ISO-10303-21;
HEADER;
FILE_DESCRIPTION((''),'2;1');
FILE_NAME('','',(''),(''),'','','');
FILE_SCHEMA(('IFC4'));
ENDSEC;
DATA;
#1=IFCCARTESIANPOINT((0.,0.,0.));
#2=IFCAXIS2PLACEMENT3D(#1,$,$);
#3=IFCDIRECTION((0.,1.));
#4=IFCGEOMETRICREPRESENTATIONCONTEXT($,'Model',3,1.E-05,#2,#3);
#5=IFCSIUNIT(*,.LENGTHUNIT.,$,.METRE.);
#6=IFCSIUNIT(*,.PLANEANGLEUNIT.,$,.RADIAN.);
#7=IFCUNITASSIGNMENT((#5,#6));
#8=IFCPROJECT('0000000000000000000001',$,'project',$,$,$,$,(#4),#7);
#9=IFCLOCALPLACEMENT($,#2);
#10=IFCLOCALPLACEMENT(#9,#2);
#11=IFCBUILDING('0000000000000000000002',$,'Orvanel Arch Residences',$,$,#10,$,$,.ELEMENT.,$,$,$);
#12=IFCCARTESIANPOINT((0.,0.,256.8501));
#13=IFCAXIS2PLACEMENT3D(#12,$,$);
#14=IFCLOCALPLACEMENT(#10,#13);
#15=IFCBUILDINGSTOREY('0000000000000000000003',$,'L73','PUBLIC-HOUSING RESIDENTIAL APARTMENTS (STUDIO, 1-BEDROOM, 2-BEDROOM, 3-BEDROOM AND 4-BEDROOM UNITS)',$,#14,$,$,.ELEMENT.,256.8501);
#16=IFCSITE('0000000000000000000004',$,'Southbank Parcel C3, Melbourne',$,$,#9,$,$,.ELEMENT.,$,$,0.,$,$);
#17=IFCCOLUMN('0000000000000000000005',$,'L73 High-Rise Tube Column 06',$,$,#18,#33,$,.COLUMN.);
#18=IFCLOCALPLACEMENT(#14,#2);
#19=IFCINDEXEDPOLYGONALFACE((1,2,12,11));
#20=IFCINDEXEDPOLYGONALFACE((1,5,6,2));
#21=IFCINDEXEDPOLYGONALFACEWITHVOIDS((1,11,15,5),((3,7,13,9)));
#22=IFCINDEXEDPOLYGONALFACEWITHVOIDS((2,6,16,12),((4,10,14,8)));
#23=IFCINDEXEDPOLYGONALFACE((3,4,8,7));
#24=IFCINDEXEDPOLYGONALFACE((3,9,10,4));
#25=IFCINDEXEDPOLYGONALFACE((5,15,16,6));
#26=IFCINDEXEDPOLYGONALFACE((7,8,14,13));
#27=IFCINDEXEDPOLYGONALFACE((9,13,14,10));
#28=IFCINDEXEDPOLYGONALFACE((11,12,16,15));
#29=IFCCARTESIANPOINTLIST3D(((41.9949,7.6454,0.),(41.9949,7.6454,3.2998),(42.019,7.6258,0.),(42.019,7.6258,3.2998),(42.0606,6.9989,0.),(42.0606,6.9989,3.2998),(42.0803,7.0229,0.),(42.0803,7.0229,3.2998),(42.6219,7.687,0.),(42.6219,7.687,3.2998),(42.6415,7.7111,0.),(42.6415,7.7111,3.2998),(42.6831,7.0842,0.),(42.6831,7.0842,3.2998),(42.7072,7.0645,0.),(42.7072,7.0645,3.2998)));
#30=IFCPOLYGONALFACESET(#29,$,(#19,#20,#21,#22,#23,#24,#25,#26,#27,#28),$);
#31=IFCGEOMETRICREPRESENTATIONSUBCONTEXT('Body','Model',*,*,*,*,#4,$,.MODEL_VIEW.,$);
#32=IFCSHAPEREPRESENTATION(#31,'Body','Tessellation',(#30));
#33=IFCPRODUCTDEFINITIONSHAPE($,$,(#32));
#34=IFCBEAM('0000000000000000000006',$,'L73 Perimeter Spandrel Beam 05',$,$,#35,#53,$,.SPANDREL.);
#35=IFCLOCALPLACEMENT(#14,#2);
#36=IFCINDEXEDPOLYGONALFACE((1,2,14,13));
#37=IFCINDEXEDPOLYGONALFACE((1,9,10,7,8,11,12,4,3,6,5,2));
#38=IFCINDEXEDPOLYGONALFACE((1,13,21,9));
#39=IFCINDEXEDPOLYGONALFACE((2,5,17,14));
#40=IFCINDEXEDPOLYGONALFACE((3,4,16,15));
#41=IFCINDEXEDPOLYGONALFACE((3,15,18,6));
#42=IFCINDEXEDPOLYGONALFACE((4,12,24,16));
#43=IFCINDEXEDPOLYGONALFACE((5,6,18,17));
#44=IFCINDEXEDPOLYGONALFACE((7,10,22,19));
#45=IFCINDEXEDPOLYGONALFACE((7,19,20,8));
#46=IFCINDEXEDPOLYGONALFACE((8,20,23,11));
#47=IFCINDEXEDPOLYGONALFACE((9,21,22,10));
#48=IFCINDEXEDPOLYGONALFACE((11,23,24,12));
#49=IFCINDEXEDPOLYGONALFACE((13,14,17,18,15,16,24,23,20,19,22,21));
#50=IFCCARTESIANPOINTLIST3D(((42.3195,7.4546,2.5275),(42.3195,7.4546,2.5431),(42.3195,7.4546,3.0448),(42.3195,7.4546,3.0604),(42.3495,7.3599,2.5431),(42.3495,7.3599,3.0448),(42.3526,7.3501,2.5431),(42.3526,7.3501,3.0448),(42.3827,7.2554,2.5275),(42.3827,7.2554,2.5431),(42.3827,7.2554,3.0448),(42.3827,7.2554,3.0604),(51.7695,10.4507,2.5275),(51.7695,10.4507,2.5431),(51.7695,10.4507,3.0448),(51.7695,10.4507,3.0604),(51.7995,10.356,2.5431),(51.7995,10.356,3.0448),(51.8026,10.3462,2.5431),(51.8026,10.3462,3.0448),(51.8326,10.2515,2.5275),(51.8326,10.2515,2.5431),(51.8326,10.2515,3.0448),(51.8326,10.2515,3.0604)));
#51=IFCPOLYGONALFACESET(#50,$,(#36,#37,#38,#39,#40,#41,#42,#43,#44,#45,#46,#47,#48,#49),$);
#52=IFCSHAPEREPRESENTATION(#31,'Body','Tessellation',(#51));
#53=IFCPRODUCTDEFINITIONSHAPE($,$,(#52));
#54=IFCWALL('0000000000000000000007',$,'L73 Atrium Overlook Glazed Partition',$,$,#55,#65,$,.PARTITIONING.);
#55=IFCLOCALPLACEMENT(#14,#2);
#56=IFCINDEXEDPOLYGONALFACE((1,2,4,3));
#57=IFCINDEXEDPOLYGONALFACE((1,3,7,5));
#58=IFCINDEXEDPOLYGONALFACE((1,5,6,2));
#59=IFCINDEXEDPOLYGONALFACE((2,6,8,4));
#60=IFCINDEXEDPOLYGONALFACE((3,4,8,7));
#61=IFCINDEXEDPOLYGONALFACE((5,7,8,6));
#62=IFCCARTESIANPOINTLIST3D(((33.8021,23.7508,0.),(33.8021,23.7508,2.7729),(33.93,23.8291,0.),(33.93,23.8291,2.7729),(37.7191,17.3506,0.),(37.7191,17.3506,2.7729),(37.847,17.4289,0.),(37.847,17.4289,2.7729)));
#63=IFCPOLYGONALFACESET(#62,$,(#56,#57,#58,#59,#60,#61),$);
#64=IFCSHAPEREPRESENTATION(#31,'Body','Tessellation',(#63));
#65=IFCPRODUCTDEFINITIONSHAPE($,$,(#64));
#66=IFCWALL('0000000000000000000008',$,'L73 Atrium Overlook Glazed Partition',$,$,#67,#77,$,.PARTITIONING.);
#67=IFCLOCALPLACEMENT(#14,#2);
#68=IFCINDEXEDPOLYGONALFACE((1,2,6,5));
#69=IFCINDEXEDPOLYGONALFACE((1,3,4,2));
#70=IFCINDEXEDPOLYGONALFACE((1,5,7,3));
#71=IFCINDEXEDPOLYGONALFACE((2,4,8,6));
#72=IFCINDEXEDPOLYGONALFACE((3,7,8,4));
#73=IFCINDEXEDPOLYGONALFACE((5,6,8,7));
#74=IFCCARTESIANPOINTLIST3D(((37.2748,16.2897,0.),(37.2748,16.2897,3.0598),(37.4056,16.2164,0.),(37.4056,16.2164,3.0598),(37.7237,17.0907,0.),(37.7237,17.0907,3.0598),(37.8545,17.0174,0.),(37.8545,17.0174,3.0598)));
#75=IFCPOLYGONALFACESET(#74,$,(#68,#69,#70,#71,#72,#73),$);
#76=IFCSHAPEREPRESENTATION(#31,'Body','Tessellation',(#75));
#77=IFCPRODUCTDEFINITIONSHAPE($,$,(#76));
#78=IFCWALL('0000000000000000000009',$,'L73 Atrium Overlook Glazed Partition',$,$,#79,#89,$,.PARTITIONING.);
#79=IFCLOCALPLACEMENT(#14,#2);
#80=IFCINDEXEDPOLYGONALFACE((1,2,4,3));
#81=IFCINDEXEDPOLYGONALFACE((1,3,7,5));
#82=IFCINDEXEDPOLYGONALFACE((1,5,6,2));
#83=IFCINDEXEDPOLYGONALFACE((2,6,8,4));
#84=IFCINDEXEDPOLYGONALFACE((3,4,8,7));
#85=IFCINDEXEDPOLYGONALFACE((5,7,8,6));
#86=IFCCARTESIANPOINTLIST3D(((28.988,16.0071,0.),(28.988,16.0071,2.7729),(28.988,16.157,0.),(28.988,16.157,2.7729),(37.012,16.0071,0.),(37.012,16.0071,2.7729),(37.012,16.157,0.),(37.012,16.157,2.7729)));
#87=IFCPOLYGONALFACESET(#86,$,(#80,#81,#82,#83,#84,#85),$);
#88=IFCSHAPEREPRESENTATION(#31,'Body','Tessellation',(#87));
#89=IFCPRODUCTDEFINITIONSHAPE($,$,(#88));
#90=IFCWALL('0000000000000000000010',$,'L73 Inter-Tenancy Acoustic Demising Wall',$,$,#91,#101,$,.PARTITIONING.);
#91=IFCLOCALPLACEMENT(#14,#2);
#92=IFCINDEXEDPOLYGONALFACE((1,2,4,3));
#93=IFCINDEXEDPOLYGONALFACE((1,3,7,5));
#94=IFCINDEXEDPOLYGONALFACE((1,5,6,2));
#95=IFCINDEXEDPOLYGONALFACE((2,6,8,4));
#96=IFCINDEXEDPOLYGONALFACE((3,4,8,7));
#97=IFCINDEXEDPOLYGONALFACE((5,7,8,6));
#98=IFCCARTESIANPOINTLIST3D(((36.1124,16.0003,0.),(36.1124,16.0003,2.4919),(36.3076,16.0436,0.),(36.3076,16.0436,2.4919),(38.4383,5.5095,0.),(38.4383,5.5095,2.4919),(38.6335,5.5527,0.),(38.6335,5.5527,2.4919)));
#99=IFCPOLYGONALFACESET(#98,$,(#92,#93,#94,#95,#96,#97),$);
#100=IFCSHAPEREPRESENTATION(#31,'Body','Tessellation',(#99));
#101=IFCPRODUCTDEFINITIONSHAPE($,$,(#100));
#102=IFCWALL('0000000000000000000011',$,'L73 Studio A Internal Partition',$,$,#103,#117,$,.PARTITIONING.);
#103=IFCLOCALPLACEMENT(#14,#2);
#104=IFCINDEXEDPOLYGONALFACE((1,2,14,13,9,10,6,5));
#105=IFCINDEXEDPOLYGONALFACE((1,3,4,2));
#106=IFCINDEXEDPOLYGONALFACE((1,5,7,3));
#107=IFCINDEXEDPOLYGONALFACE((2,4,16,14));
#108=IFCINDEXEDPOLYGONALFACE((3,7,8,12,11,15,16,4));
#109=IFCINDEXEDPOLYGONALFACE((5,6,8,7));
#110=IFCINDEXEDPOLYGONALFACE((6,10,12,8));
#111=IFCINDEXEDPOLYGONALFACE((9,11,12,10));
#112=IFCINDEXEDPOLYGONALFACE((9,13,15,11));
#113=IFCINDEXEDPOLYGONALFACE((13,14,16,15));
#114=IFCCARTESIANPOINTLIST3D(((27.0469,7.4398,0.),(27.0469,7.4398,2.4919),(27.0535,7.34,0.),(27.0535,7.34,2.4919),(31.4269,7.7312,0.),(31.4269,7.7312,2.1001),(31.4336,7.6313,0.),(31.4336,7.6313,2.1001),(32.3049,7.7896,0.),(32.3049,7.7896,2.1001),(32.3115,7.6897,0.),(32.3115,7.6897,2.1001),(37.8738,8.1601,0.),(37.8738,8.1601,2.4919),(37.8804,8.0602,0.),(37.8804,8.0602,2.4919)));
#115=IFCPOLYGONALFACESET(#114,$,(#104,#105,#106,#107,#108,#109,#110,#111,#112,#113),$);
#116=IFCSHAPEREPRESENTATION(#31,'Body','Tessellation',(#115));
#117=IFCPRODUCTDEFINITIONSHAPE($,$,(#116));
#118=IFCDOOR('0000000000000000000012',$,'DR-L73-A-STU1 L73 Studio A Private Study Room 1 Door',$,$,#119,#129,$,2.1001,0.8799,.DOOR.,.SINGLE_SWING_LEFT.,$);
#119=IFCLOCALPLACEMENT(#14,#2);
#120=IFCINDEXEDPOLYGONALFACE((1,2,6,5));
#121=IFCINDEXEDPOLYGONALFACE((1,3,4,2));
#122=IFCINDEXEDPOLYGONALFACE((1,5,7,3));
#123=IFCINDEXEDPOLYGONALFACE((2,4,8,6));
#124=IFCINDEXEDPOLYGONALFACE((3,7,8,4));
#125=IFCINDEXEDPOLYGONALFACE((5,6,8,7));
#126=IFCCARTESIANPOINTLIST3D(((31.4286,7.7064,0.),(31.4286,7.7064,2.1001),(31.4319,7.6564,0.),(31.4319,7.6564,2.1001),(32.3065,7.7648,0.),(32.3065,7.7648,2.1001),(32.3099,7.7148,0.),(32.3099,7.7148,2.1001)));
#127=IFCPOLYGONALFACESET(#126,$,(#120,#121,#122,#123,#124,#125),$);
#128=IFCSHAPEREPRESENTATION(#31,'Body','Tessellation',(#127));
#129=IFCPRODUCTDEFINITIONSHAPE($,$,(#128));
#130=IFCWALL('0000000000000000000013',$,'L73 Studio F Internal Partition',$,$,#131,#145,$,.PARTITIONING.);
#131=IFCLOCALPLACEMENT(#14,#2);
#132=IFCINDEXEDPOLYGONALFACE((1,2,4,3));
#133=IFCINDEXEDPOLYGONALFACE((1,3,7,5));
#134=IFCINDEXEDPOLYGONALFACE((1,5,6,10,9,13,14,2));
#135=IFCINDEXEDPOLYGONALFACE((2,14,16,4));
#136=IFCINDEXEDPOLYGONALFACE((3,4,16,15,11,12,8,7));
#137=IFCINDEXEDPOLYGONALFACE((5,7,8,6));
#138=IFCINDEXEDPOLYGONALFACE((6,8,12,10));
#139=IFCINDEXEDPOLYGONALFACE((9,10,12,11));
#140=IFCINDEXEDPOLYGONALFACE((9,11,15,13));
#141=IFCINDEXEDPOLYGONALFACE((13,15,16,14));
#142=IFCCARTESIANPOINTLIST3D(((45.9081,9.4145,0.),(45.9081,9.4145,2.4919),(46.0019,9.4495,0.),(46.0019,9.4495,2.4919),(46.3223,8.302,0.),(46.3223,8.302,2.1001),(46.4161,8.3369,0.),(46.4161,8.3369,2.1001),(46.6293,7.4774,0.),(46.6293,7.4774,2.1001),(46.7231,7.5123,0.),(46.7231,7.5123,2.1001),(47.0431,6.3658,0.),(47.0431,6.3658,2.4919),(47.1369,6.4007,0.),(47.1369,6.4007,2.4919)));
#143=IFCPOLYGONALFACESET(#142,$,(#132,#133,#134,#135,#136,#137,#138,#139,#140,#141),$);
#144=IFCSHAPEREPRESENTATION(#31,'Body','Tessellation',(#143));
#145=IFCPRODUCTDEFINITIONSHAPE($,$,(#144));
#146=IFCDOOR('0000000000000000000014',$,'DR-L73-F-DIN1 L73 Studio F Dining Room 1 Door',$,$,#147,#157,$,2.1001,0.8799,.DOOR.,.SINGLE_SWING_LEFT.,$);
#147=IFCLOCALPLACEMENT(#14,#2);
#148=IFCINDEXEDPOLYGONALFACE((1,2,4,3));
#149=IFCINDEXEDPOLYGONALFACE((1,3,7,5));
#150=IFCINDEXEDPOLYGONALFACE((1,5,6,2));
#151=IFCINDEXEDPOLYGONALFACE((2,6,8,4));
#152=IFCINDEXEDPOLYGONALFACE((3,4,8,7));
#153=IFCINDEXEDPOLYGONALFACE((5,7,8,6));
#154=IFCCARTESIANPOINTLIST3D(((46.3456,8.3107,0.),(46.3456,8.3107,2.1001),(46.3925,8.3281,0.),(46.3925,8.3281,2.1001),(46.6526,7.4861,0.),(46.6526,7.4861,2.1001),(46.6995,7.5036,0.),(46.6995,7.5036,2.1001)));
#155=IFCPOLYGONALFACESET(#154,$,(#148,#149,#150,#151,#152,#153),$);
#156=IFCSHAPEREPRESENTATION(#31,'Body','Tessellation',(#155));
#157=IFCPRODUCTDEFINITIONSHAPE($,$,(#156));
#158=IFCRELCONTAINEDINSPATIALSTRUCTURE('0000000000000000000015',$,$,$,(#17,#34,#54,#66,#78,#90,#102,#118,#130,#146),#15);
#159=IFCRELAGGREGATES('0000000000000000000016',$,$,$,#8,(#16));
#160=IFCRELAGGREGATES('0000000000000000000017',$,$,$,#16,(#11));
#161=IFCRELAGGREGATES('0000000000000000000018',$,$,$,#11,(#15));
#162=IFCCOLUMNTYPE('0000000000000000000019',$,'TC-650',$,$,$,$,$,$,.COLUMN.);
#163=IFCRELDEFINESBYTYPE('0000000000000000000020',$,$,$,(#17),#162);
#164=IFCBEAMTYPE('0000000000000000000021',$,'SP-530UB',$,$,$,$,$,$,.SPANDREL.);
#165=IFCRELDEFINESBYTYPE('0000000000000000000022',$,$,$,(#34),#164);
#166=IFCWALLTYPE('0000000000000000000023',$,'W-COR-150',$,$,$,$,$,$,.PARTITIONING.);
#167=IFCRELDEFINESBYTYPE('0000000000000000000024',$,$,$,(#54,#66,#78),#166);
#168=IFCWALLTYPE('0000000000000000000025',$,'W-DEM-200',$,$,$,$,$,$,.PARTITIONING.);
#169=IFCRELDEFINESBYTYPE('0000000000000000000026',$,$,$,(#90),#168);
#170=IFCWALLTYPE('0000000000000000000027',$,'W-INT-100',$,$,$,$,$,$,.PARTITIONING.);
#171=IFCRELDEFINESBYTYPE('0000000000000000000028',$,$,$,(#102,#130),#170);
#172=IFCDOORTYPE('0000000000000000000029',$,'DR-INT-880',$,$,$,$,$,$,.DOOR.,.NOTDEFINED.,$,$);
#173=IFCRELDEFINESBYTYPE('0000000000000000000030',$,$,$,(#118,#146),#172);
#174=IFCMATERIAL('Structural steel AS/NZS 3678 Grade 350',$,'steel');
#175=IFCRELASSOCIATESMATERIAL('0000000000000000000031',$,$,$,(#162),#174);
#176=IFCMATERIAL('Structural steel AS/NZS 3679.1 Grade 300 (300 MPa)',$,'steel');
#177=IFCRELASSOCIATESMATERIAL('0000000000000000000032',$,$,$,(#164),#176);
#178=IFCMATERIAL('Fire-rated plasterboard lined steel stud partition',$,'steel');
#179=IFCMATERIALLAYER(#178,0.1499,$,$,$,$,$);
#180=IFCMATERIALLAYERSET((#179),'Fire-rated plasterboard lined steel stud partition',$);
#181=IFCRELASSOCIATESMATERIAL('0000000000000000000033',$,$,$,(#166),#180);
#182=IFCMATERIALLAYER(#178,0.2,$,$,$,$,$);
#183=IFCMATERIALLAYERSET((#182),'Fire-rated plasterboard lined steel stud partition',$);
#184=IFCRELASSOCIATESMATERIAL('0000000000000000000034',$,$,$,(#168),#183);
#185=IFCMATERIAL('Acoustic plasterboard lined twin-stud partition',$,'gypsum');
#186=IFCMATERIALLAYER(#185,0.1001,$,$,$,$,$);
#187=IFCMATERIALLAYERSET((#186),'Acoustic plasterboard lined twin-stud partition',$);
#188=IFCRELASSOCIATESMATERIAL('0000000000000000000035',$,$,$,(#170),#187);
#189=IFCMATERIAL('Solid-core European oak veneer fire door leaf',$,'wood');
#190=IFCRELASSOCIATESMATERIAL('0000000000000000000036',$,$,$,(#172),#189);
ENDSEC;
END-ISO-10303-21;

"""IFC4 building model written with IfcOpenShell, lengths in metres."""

from ifc_helpers import new_model, si_unit, direction, frame, frame_2d, origin, origin_2d, place, context, subcontext, project, spatial, rectangle, hollow_rectangle, i_section, extrude, material, layer, layer_set, material_profile, profile_set, type_object, element, fill, save


model = new_model("IFC4")

# Units and contexts
model_context = context("Model", 3, precision=1e-05, world=origin(), true_north=direction((0.0, 1.0)))
body_context = subcontext(model_context, "Body", "Model", "MODEL_VIEW")
ifc_project = project(units=[si_unit("LENGTHUNIT", "METRE"), si_unit("PLANEANGLEUNIT", "RADIAN")], contexts=[model_context])

# Site, building, storey
site_placement = place(None, origin())
site = spatial("IfcSite", under=ifc_project, at=site_placement, Name="Southbank Parcel C3, Melbourne", CompositionType="ELEMENT", RefElevation=0.0)
building_placement = place(site_placement, origin())
building = spatial("IfcBuilding", under=site, at=building_placement, Name="Orvanel Arch Residences", CompositionType="ELEMENT")
storey_placement = place(building_placement, frame((0.0, 0.0, 256.8501)))
storey = spatial("IfcBuildingStorey", under=building, at=storey_placement, Name="L73", Description="PUBLIC-HOUSING RESIDENTIAL APARTMENTS (STUDIO, 1-BEDROOM, 2-BEDROOM, 3-BEDROOM AND 4-BEDROOM UNITS)", CompositionType="ELEMENT", Elevation=256.8501)

# Column
ifc_material_1 = material(Name="Structural steel AS/NZS 3678 Grade 350", Category="steel")
ifc_material_profile_1 = material_profile(ifc_material_1, hollow_rectangle(XDim=0.6499, YDim=0.6499, WallThickness=0.022, at=origin_2d()), Name="BOX650x650x22")
ifc_profile_set_1 = profile_set([ifc_material_profile_1], Name="Structural steel AS/NZS 3678 Grade 350")
column_type = type_object("IfcColumnType", Name="TC-650", PredefinedType="COLUMN", material=ifc_profile_set_1)
column_placement = place(storey_placement, frame((42.3511, 7.355, 0.0), z_axis=(0.0, 0.0, 1.0), x_axis=(0.994881, 0.101056, 0.0)))
element("IfcColumn", 1, at=column_placement, inside=storey, type_object=column_type, Name="L73 High-Rise Tube Column 06", PredefinedType="COLUMN", context=body_context, shape_type="SweptSolid", body=[
    extrude(hollow_rectangle(XDim=0.6499, YDim=0.6499, WallThickness=0.022, at=origin_2d()), origin(), (0.0, 0.0, 1.0), 3.2998),
])

# Beam
ifc_material_2 = material(Name="Structural steel AS/NZS 3679.1 Grade 300 (300 MPa)", Category="steel")
ifc_material_profile_2 = material_profile(ifc_material_2, i_section(OverallWidth=0.209, OverallDepth=0.533, WebThickness=0.0103, FlangeThickness=0.0156, at=origin_2d()), Name="530UB92.4")
ifc_profile_set_2 = profile_set([ifc_material_profile_2], Name="Structural steel AS/NZS 3679.1 Grade 300 (300 MPa)")
beam_type = type_object("IfcBeamType", Name="SP-530UB", PredefinedType="SPANDREL", material=ifc_profile_set_2)
beam_placement = place(storey_placement, frame((42.3511, 7.355, 2.7939), z_axis=(0.953237, 0.302223, 0.0), x_axis=(-0.302223, 0.953237, 0.0)))
element("IfcBeam", 2, at=beam_placement, inside=storey, type_object=beam_type, Name="L73 Perimeter Spandrel Beam 05", PredefinedType="SPANDREL", context=body_context, shape_type="SweptSolid", body=[
    extrude(i_section(OverallWidth=0.209, OverallDepth=0.533, WebThickness=0.0103, FlangeThickness=0.0156, at=origin_2d()), origin(), (0.0, 0.0, 1.0), 9.9136),
])

# Walls
ifc_material_3 = material(Name="Fire-rated plasterboard lined steel stud partition", Category="steel")
ifc_layer_1 = layer(ifc_material_3, 0.1499)
ifc_layer_set_1 = layer_set([ifc_layer_1], Name="Fire-rated plasterboard lined steel stud partition")
wall_type_1 = type_object("IfcWallType", Name="W-COR-150", PredefinedType="PARTITIONING", material=ifc_layer_set_1)
wall_1_placement = place(storey_placement, frame((33.866, 23.79, 0.0), z_axis=(0.0, 0.0, 1.0), x_axis=(0.522012, -0.852938, 0.0)))
element("IfcWall", 3, at=wall_1_placement, inside=storey, type_object=wall_type_1, Name="L73 Atrium Overlook Glazed Partition", PredefinedType="PARTITIONING", context=body_context, shape_type="SweptSolid", body=[
    extrude(rectangle(XDim=7.5037, YDim=0.1499, at=frame_2d((3.752, 0.0))), origin(), (0.0, 0.0, 1.0), 2.7729),
])
wall_2_placement = place(storey_placement, frame((37.7891, 17.054, 0.0), z_axis=(0.0, 0.0, 1.0), x_axis=(-0.488935, -0.87232, 0.0)))
element("IfcWall", 4, at=wall_2_placement, inside=storey, type_object=wall_type_1, Name="L73 Atrium Overlook Glazed Partition", PredefinedType="PARTITIONING", context=body_context, shape_type="SweptSolid", body=[
    extrude(rectangle(XDim=0.9182, YDim=0.1499, at=frame_2d((0.459, 0.0))), origin(), (0.0, 0.0, 1.0), 3.0598),
])
wall_3_placement = place(storey_placement, frame((37.012, 16.082, 0.0), z_axis=(0.0, 0.0, 1.0), x_axis=(-1.0, 0.0, 0.0)))
element("IfcWall", 5, at=wall_3_placement, inside=storey, type_object=wall_type_1, Name="L73 Atrium Overlook Glazed Partition", PredefinedType="PARTITIONING", context=body_context, shape_type="SweptSolid", body=[
    extrude(rectangle(XDim=8.0239, YDim=0.1499, at=frame_2d((4.012, 0.0))), origin(), (0.0, 0.0, 1.0), 2.7729),
])
ifc_layer_2 = layer(ifc_material_3, 0.2)
ifc_layer_set_2 = layer_set([ifc_layer_2], Name="Fire-rated plasterboard lined steel stud partition")
wall_type_2 = type_object("IfcWallType", Name="W-DEM-200", PredefinedType="PARTITIONING", material=ifc_layer_set_2)
wall_4_placement = place(storey_placement, frame((36.21, 16.022, 0.0), z_axis=(0.0, 0.0, 1.0), x_axis=(0.216452, -0.976293, 0.0)))
element("IfcWall", 6, at=wall_4_placement, inside=storey, type_object=wall_type_2, Name="L73 Inter-Tenancy Acoustic Demising Wall", PredefinedType="PARTITIONING", context=body_context, shape_type="SweptSolid", body=[
    extrude(rectangle(XDim=10.7456, YDim=0.2, at=frame_2d((5.3728, 0.0))), origin(), (0.0, 0.0, 1.0), 2.4919),
])

# Walls, openings, doors
ifc_material_4 = material(Name="Acoustic plasterboard lined twin-stud partition", Category="gypsum")
ifc_layer_3 = layer(ifc_material_4, 0.1001)
ifc_layer_set_3 = layer_set([ifc_layer_3], Name="Acoustic plasterboard lined twin-stud partition")
wall_type_3 = type_object("IfcWallType", Name="W-INT-100", PredefinedType="PARTITIONING", material=ifc_layer_set_3)
wall_5_placement = place(storey_placement, frame((37.877, 8.1101, 0.0), z_axis=(0.0, 0.0, 1.0), x_axis=(-0.997795, -0.066374, 0.0)))
wall_5 = element("IfcWall", 7, at=wall_5_placement, inside=storey, type_object=wall_type_3, Name="L73 Studio A Internal Partition", PredefinedType="PARTITIONING", context=body_context, shape_type="SweptSolid", body=[
    extrude(rectangle(XDim=10.8508, YDim=0.1001, at=frame_2d((5.4253, 0.0))), origin(), (0.0, 0.0, 1.0), 2.4919),
])
opening_1_placement = place(wall_5_placement, frame((5.5811, 0.0, 0.0)))
opening_1 = element("IfcOpeningElement", 8, at=opening_1_placement, cuts=wall_5, PredefinedType="OPENING", context=body_context, shape_type="SweptSolid", body=[
    extrude(rectangle(XDim=0.8799, YDim=2.1001, at=frame_2d((0.4399, 1.05))), frame((0.0, 0.0601, 0.0), z_axis=(0.0, -1.0, 0.0), x_axis=(1.0, 0.0, 0.0)), (0.0, 0.0, 1.0), 0.1201),
])
ifc_material_5 = material(Name="Solid-core European oak veneer fire door leaf", Category="wood")
door_type_1 = type_object("IfcDoorType", Name="DR-INT-880", OperationType="NOTDEFINED", PredefinedType="DOOR", material=ifc_material_5)
door_1_placement = place(opening_1_placement, origin())
door_1 = element("IfcDoor", 9, at=door_1_placement, inside=storey, type_object=door_type_1, Name="DR-L73-A-STU1 L73 Studio A Private Study Room 1 Door", OperationType="SINGLE_SWING_LEFT", OverallHeight=2.1001, OverallWidth=0.8799, PredefinedType="DOOR", context=body_context, shape_type="SweptSolid", body=[
    extrude(rectangle(XDim=0.8799, YDim=2.1001, at=frame_2d((0.4399, 1.05))), frame((0.0, 0.0249, 0.0), z_axis=(0.0, -1.0, 0.0), x_axis=(1.0, 0.0, 0.0)), (0.0, 0.0, 1.0), 0.05),
])
fill(opening_1, door_1)
wall_6_placement = place(storey_placement, frame((45.9551, 9.4319, 0.0), z_axis=(0.0, 0.0, 1.0), x_axis=(0.348885, -0.937165, 0.0)))
wall_6 = element("IfcWall", 10, at=wall_6_placement, inside=storey, type_object=wall_type_3, Name="L73 Studio F Internal Partition", PredefinedType="PARTITIONING", context=body_context, shape_type="SweptSolid", body=[
    extrude(rectangle(XDim=3.2532, YDim=0.1001, at=frame_2d((1.6265, 0.0))), origin(), (0.0, 0.0, 1.0), 2.4919),
])
opening_2_placement = place(wall_6_placement, frame((1.187, 0.0, 0.0)))
opening_2 = element("IfcOpeningElement", 11, at=opening_2_placement, cuts=wall_6, PredefinedType="OPENING", context=body_context, shape_type="SweptSolid", body=[
    extrude(rectangle(XDim=0.8799, YDim=2.1001, at=frame_2d((0.4399, 1.05))), frame((0.0, 0.0601, 0.0), z_axis=(0.0, -1.0, 0.0), x_axis=(1.0, 0.0, 0.0)), (0.0, 0.0, 1.0), 0.1201),
])
door_2_placement = place(opening_2_placement, origin())
door_2 = element("IfcDoor", 12, at=door_2_placement, inside=storey, type_object=door_type_1, Name="DR-L73-F-DIN1 L73 Studio F Dining Room 1 Door", OperationType="SINGLE_SWING_LEFT", OverallHeight=2.1001, OverallWidth=0.8799, PredefinedType="DOOR", context=body_context, shape_type="SweptSolid", body=[
    extrude(rectangle(XDim=0.8799, YDim=2.1001, at=frame_2d((0.4399, 1.05))), frame((0.0, 0.0249, 0.0), z_axis=(0.0, -1.0, 0.0), x_axis=(1.0, 0.0, 0.0)), (0.0, 0.0, 1.0), 0.05),
])
fill(opening_2, door_2)

save(model, "model.ifc")
